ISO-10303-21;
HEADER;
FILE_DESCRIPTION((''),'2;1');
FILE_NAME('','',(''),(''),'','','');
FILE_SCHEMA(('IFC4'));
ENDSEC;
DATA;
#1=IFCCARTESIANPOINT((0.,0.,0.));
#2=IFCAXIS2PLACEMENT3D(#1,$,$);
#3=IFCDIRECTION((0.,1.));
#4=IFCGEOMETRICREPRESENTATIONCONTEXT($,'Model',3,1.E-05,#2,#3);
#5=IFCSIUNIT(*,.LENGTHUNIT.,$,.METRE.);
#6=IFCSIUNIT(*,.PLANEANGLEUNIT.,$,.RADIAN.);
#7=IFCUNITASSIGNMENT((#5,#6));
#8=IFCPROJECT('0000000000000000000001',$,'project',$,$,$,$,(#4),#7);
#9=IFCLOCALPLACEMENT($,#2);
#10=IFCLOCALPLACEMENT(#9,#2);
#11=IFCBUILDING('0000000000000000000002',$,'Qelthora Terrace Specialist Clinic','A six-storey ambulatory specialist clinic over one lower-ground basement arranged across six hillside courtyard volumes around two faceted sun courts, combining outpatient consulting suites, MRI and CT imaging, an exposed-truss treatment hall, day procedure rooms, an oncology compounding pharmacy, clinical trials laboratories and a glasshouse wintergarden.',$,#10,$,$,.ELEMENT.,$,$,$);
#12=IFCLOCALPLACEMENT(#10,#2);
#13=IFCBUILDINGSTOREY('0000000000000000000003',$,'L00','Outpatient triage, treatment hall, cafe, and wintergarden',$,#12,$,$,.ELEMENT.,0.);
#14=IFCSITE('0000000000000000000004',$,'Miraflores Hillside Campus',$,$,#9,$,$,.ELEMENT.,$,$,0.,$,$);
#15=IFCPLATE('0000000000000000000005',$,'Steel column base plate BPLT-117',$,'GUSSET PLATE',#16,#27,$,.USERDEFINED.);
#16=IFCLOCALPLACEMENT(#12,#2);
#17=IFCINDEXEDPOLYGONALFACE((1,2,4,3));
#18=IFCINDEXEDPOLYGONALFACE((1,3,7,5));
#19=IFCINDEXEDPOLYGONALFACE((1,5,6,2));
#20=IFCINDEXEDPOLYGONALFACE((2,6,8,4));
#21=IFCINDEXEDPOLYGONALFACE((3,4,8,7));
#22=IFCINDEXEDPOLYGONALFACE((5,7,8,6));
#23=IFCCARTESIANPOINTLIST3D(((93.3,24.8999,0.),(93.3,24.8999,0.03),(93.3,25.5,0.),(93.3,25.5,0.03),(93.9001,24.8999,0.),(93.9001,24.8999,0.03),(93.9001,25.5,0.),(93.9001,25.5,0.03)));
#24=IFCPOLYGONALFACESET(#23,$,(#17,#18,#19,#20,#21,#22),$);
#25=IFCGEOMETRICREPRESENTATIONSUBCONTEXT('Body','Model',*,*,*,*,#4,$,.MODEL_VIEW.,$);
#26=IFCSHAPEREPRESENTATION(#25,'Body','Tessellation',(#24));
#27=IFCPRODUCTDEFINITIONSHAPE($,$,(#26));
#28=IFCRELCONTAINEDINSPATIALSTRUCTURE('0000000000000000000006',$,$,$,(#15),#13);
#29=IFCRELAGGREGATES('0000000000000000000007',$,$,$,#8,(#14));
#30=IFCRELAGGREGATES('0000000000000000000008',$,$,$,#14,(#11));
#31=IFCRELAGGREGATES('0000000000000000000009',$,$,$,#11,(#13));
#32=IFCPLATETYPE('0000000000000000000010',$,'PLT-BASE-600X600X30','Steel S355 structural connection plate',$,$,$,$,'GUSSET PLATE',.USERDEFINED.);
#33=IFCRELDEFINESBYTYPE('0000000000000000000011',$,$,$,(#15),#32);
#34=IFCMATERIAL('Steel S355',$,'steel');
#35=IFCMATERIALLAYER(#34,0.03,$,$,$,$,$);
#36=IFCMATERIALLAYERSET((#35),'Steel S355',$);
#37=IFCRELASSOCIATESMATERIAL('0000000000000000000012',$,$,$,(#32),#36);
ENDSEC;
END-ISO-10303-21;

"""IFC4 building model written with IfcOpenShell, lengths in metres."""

from ifc_helpers import new_model, si_unit, direction, frame, origin, origin_2d, place, context, subcontext, project, spatial, rectangle, extrude, material, layer, layer_set, type_object, element, save


model = new_model("IFC4")

# Units and contexts
model_context = context("Model", 3, precision=1e-05, world=origin(), true_north=direction((0.0, 1.0)))
body_context = subcontext(model_context, "Body", "Model", "MODEL_VIEW")
ifc_project = project(units=[si_unit("LENGTHUNIT", "METRE"), si_unit("PLANEANGLEUNIT", "RADIAN")], contexts=[model_context])

# Site, building, storey
site_placement = place(None, origin())
site = spatial("IfcSite", under=ifc_project, at=site_placement, Name="Miraflores Hillside Campus", CompositionType="ELEMENT", RefElevation=0.0)
building_placement = place(site_placement, origin())
building = spatial("IfcBuilding", under=site, at=building_placement, Name="Qelthora Terrace Specialist Clinic", Description="A six-storey ambulatory specialist clinic over one lower-ground basement arranged across six hillside courtyard volumes around two faceted sun courts, combining outpatient consulting suites, MRI and CT imaging, an exposed-truss treatment hall, day procedure rooms, an oncology compounding pharmacy, clinical trials laboratories and a glasshouse wintergarden.", CompositionType="ELEMENT")
storey_placement = place(building_placement, origin())
storey = spatial("IfcBuildingStorey", under=building, at=storey_placement, Name="L00", Description="Outpatient triage, treatment hall, cafe, and wintergarden", CompositionType="ELEMENT", Elevation=0.0)

# Shared definitions
ifc_material_1 = material(Name="Steel S355", Category="steel")

# Plate
ifc_layer_1 = layer(ifc_material_1, 0.03)
ifc_layer_set_1 = layer_set([ifc_layer_1], Name="Steel S355")
plate_type_1 = type_object("IfcPlateType", Name="PLT-BASE-600X600X30", Description="Steel S355 structural connection plate", ElementType="GUSSET PLATE", PredefinedType="USERDEFINED", material=ifc_layer_set_1)
plate_1_placement = place(storey_placement, frame((93.6001, 25.2, 0.0), z_axis=(0.0, 0.0, 1.0), x_axis=(1.0, 0.0, 0.0)))
element("IfcPlate", 1, at=plate_1_placement, inside=storey, type_object=plate_type_1, Name="Steel column base plate BPLT-117", ObjectType="GUSSET PLATE", PredefinedType="USERDEFINED", context=body_context, shape_type="SweptSolid", body=[
    extrude(rectangle(XDim=0.6001, YDim=0.6001, at=origin_2d()), origin(), (0.0, 0.0, 1.0), 0.03),
])

save(model, "model.ifc")
